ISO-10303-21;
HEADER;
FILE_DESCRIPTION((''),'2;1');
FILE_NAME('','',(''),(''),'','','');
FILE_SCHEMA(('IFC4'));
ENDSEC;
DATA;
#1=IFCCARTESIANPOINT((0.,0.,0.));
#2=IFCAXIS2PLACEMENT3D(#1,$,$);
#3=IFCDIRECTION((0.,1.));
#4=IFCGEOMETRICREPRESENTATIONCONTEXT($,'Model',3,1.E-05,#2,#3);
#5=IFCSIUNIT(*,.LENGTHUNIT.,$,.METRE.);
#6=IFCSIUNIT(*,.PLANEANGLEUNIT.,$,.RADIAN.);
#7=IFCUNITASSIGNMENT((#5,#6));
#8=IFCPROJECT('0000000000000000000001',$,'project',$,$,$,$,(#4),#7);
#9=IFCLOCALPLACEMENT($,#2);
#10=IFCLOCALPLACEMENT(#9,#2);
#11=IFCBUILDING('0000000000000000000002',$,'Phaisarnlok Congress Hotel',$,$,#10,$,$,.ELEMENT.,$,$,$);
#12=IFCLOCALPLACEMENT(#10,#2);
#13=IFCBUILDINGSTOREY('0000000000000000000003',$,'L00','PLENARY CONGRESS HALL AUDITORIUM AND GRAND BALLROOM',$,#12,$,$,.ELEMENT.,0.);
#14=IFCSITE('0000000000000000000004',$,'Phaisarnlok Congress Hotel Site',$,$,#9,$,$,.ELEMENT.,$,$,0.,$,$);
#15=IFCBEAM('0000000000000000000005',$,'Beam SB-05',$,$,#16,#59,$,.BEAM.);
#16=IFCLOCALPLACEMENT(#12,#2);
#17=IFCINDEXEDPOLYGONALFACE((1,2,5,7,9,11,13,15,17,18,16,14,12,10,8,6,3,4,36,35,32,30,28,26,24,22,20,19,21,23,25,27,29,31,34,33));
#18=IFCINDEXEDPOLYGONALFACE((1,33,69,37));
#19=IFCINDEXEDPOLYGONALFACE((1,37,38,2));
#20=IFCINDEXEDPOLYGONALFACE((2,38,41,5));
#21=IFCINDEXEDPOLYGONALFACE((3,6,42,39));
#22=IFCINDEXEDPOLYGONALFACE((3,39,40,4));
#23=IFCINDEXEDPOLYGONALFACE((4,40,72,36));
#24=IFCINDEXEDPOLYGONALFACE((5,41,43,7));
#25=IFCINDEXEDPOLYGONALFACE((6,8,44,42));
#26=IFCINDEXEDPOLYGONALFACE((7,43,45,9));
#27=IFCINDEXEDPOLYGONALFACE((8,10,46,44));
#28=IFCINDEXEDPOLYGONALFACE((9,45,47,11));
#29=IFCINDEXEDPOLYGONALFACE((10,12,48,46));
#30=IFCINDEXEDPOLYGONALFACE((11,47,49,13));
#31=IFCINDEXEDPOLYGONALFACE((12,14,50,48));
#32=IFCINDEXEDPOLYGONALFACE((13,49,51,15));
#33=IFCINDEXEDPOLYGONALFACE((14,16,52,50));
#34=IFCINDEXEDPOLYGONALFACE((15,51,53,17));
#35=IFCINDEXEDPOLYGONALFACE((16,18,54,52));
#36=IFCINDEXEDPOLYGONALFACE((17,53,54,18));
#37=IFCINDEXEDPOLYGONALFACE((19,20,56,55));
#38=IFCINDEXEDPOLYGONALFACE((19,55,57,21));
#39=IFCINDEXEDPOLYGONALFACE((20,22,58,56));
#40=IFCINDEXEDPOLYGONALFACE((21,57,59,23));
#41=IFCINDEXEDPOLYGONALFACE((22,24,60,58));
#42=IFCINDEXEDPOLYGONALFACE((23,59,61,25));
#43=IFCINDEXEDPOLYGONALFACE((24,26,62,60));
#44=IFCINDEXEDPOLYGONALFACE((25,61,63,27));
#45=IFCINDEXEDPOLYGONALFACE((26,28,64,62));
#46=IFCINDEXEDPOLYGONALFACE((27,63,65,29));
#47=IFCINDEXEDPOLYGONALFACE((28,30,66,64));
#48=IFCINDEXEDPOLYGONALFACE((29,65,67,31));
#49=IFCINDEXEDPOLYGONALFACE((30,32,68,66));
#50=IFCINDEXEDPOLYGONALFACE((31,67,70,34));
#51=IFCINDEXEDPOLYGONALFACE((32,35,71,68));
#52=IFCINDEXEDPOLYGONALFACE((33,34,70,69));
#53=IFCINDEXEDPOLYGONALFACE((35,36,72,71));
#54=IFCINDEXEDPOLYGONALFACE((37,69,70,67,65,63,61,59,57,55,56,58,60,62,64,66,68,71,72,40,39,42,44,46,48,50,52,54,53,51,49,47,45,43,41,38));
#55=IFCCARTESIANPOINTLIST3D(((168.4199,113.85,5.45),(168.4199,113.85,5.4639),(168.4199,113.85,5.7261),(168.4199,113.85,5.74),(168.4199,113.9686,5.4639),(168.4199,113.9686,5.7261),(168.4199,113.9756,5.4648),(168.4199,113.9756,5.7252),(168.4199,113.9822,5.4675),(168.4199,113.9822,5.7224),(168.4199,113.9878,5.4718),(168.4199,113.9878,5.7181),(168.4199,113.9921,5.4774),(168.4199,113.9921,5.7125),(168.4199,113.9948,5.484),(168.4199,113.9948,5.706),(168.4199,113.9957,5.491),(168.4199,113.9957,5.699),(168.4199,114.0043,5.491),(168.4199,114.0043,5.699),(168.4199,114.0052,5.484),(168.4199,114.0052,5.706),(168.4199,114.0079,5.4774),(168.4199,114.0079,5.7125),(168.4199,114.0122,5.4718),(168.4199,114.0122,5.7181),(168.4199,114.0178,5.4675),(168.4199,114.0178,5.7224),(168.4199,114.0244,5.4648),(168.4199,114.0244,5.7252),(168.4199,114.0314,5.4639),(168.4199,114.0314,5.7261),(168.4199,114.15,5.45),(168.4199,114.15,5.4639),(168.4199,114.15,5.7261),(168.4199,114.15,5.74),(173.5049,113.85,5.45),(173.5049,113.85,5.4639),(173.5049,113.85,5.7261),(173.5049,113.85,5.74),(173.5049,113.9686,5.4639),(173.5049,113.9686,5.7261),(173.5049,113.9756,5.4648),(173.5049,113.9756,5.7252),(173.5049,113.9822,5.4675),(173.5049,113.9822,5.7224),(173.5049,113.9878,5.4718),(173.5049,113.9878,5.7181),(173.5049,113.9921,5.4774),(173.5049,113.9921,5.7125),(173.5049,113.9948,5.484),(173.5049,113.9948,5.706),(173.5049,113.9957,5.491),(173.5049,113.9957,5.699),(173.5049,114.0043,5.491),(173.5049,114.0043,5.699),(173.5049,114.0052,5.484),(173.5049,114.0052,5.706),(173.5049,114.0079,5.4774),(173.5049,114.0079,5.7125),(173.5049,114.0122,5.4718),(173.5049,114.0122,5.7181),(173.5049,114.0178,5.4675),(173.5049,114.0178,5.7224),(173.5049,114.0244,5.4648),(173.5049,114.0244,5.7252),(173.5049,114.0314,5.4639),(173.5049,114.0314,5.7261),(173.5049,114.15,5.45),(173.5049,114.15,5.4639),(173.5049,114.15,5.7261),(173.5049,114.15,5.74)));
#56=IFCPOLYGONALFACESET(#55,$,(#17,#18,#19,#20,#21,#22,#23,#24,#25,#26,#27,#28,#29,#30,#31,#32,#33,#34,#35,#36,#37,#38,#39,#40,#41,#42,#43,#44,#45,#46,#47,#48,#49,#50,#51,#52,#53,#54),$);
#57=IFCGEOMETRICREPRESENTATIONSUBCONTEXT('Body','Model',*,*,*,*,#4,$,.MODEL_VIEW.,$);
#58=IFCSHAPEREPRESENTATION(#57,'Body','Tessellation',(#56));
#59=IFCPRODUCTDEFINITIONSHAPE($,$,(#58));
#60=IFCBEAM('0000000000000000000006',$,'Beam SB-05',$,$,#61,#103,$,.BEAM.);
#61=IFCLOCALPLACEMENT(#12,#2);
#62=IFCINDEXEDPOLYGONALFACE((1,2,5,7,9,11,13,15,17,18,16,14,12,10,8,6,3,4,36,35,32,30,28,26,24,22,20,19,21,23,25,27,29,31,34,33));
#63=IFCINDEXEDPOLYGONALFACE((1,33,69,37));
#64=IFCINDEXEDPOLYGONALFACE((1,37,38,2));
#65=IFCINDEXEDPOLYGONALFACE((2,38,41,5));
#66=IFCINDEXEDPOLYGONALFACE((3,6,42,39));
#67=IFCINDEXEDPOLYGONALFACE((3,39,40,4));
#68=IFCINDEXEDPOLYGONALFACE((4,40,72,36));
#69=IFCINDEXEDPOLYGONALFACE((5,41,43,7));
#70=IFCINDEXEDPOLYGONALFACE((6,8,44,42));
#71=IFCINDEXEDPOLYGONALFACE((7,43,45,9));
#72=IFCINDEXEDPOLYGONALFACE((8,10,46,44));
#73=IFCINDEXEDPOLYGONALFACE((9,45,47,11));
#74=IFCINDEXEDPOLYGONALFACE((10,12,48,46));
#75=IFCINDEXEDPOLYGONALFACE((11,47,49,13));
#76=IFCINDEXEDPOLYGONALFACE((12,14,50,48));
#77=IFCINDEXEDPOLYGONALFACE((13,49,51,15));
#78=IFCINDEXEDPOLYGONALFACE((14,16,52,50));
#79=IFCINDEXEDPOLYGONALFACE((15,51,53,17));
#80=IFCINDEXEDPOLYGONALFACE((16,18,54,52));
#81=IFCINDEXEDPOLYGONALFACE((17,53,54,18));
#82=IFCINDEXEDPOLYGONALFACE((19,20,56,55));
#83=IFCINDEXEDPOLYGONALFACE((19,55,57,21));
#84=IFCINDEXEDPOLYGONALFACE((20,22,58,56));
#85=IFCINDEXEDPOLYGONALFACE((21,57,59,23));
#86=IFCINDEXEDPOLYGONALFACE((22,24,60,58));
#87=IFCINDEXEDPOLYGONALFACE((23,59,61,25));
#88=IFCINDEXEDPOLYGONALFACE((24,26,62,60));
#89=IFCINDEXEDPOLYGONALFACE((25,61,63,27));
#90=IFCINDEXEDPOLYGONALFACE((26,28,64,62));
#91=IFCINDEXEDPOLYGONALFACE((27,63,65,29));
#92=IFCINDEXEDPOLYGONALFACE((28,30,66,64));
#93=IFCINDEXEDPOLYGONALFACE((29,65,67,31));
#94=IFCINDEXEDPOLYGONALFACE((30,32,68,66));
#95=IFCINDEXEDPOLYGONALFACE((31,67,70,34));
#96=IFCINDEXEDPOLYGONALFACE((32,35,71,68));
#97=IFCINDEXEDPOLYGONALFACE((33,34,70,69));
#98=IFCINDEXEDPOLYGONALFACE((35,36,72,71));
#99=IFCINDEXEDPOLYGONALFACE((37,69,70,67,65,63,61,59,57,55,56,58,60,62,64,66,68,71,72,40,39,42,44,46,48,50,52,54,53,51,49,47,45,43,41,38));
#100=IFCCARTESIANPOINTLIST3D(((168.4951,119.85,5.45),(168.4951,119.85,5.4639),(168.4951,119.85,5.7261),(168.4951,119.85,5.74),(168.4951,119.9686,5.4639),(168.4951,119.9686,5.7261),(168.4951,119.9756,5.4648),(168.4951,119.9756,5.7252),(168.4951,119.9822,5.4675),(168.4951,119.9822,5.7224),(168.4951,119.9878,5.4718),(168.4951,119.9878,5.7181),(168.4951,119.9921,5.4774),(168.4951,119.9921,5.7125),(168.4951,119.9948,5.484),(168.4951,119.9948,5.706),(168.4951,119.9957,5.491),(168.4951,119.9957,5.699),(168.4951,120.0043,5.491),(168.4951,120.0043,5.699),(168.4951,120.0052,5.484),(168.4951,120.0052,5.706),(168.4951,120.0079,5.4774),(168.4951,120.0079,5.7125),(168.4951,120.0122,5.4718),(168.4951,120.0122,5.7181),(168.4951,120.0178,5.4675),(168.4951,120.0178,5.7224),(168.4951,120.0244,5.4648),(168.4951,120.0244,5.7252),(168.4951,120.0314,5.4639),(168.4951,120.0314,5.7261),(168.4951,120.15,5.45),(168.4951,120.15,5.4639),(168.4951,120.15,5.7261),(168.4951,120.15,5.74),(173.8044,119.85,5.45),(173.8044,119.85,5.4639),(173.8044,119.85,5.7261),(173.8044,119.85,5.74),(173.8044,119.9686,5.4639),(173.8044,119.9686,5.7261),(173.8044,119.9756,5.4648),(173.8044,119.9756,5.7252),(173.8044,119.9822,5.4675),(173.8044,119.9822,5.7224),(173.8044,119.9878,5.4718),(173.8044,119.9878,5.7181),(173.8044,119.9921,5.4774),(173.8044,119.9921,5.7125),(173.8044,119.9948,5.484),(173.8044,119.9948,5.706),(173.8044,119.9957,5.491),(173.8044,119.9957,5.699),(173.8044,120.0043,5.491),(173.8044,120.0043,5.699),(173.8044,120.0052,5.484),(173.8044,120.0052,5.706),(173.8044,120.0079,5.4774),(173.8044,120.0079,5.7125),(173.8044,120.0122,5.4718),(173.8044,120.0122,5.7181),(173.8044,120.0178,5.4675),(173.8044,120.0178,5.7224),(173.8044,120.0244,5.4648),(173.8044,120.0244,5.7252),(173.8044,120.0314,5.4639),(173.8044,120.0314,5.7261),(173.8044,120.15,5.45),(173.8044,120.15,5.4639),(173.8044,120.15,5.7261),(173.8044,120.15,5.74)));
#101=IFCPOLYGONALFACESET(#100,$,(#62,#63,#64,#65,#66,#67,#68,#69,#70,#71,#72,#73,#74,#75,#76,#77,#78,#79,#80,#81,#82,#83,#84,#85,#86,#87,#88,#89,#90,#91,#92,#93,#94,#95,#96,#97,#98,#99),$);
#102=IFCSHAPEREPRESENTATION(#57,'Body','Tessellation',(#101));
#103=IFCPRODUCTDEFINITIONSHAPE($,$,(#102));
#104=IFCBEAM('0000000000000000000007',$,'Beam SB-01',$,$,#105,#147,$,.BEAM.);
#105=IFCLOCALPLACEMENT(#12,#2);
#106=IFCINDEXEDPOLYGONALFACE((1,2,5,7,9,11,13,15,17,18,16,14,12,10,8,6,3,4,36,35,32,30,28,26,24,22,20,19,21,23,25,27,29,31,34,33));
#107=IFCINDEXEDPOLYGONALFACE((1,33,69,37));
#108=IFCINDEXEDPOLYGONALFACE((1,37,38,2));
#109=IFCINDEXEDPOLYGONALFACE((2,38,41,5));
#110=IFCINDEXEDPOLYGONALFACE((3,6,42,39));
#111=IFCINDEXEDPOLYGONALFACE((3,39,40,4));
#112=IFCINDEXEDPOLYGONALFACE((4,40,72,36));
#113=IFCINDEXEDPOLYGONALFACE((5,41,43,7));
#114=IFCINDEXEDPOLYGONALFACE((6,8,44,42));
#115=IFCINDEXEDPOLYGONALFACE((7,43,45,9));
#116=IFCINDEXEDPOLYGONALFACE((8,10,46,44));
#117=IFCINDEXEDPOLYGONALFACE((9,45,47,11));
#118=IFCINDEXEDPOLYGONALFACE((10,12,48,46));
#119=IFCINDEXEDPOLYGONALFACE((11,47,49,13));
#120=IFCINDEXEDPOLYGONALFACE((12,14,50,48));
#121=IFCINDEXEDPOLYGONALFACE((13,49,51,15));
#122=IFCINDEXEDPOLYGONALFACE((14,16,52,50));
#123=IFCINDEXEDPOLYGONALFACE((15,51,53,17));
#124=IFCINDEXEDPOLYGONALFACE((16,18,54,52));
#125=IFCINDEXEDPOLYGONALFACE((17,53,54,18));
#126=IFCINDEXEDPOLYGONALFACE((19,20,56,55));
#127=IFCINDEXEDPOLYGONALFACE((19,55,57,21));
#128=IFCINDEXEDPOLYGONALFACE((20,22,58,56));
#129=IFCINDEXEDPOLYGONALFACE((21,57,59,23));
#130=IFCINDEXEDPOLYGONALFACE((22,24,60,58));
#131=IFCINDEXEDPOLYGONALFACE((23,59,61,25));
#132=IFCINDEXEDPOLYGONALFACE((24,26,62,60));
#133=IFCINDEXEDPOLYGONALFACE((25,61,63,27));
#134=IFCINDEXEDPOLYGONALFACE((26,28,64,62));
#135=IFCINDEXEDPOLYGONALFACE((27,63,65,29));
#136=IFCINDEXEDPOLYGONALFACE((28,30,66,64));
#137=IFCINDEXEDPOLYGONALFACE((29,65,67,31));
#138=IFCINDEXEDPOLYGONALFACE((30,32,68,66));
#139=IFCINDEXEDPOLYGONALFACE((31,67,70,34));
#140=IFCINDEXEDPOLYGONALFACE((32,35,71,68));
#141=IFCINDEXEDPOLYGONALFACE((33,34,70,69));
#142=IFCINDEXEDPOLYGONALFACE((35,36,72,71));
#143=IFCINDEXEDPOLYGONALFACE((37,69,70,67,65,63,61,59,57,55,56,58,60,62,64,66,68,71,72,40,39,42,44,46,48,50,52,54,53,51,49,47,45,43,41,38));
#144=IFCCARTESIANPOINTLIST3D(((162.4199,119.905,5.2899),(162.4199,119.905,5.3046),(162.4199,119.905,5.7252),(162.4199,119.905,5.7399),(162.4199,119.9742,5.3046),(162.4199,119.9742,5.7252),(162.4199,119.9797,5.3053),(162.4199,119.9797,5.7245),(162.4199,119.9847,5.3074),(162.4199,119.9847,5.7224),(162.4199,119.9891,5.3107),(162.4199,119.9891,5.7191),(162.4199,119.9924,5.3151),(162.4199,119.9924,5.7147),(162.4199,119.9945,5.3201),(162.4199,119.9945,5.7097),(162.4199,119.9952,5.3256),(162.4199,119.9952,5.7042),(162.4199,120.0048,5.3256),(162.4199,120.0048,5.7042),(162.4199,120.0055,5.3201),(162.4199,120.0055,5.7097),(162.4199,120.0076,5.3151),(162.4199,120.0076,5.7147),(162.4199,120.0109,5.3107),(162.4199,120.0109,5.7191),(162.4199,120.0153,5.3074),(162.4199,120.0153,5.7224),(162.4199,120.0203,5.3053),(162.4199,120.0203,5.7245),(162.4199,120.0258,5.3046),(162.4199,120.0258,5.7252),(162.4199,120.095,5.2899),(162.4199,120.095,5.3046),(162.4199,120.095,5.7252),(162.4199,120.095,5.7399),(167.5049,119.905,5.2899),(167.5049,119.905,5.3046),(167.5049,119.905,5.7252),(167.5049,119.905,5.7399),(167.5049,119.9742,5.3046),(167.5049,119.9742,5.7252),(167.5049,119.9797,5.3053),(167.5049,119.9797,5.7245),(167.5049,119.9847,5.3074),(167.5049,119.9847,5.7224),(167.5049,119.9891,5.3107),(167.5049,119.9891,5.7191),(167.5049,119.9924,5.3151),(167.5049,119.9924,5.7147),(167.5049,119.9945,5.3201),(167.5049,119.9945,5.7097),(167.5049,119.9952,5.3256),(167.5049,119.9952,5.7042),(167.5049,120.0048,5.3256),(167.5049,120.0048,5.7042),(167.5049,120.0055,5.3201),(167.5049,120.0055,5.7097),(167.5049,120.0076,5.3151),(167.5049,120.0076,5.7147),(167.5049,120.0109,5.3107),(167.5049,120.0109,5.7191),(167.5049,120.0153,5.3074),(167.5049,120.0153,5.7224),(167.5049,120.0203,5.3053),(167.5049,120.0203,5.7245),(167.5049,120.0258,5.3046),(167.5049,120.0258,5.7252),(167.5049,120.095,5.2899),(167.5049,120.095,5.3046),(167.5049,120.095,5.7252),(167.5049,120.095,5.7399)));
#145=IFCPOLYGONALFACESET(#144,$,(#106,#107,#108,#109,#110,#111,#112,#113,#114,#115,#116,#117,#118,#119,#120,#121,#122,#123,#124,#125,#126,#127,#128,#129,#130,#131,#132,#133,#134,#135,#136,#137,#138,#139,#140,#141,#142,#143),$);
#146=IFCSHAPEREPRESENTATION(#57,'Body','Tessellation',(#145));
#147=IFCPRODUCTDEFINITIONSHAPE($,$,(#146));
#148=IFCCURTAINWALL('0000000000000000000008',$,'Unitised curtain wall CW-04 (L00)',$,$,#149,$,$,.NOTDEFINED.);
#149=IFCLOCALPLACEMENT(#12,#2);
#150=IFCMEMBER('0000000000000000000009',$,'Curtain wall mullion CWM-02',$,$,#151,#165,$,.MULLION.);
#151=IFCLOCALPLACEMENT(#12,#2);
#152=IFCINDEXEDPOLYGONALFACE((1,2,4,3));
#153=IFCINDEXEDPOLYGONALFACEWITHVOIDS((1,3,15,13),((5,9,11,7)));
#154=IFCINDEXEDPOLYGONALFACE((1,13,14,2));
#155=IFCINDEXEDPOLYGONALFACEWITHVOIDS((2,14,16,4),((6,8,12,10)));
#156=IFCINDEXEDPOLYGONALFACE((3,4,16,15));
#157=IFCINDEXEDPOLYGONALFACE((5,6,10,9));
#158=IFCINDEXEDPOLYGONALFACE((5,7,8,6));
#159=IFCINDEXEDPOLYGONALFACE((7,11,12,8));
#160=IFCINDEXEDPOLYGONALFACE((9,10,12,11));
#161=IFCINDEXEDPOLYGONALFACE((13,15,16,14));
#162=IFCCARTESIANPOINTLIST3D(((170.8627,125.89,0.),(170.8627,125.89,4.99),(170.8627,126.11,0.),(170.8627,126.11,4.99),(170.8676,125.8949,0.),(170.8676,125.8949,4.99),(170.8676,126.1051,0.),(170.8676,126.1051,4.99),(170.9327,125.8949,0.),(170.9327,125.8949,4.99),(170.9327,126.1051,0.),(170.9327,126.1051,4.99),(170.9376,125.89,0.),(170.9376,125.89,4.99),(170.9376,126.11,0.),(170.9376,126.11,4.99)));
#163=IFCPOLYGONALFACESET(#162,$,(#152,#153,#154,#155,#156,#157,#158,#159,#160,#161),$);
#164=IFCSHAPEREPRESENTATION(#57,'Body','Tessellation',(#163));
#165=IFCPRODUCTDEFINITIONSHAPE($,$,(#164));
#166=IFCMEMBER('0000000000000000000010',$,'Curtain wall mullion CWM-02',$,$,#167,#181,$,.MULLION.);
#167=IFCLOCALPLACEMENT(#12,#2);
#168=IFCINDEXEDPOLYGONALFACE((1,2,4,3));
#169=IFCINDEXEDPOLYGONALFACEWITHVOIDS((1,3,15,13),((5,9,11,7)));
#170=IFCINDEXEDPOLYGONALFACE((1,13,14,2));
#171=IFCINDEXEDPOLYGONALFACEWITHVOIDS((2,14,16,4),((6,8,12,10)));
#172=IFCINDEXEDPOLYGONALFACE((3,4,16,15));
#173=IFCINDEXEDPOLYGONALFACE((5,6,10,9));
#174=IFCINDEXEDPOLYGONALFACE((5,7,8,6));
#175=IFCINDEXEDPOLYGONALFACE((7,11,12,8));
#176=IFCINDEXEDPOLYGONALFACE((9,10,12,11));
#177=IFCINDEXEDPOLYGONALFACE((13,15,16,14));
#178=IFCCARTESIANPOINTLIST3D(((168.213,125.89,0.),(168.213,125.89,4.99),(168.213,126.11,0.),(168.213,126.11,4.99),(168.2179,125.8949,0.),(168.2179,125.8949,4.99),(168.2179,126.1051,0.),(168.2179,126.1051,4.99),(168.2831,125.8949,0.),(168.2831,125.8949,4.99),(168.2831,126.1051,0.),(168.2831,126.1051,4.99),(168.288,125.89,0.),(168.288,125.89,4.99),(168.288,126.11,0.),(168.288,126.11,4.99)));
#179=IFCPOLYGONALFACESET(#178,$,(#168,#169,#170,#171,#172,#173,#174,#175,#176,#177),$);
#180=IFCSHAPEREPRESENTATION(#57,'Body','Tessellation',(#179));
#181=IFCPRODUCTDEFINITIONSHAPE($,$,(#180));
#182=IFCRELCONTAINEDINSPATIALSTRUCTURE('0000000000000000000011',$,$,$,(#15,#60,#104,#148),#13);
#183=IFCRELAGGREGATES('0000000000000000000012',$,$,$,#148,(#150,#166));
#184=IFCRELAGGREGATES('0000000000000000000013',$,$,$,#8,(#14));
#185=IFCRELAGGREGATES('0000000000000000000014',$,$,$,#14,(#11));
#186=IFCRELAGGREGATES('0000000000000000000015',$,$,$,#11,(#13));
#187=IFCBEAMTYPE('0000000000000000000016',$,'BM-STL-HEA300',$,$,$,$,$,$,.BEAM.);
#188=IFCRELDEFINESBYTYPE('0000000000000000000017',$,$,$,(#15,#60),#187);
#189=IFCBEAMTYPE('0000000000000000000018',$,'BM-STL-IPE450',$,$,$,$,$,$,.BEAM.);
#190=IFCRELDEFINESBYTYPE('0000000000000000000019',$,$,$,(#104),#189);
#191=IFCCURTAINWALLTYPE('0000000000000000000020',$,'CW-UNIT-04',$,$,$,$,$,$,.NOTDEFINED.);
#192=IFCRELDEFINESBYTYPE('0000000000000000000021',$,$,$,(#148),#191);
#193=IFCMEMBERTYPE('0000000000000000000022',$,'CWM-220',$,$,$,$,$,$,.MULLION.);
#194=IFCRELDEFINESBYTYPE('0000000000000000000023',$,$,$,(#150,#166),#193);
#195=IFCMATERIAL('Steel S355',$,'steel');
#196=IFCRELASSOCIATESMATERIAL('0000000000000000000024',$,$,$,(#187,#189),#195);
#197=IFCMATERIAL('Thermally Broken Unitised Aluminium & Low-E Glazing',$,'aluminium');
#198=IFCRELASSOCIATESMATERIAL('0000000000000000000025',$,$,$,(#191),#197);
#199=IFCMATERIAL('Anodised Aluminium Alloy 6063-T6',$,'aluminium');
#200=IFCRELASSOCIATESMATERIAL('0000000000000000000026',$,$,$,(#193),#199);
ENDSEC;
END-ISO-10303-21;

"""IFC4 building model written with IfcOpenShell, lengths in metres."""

from ifc_helpers import new_model, si_unit, direction, frame, origin, origin_2d, place, context, subcontext, project, spatial, hollow_rectangle, i_section, extrude, material, material_profile, profile_set, type_object, element, aggregate, save


model = new_model("IFC4")

# Units and contexts
model_context = context("Model", 3, precision=1e-05, world=origin(), true_north=direction((0.0, 1.0)))
body_context = subcontext(model_context, "Body", "Model", "MODEL_VIEW")
ifc_project = project(units=[si_unit("LENGTHUNIT", "METRE"), si_unit("PLANEANGLEUNIT", "RADIAN")], contexts=[model_context])

# Site, building, storey
site_placement = place(None, origin())
site = spatial("IfcSite", under=ifc_project, at=site_placement, Name="Phaisarnlok Congress Hotel Site", CompositionType="ELEMENT", RefElevation=0.0)
building_placement = place(site_placement, origin())
building = spatial("IfcBuilding", under=site, at=building_placement, Name="Phaisarnlok Congress Hotel", CompositionType="ELEMENT")
storey_placement = place(building_placement, origin())
storey = spatial("IfcBuildingStorey", under=building, at=storey_placement, Name="L00", Description="PLENARY CONGRESS HALL AUDITORIUM AND GRAND BALLROOM", CompositionType="ELEMENT", Elevation=0.0)

# Shared definitions
ifc_material_1 = material(Name="Steel S355", Category="steel")

# Beams
ifc_material_profile_1 = material_profile(ifc_material_1, i_section(OverallWidth=0.3, OverallDepth=0.29, WebThickness=0.0085, FlangeThickness=0.0139, FilletRadius=0.0271, at=origin_2d()), Name="HEA 300")
ifc_profile_set_1 = profile_set([ifc_material_profile_1], Name="Steel S355")
beam_type_1 = type_object("IfcBeamType", Name="BM-STL-HEA300", PredefinedType="BEAM", material=ifc_profile_set_1)
beam_1_placement = place(storey_placement, frame((168.4199, 114.0, 5.595), z_axis=(1.0, 0.0, 0.0), x_axis=(0.0, 1.0, 0.0)))
element("IfcBeam", 1, at=beam_1_placement, inside=storey, type_object=beam_type_1, Name="Beam SB-05", PredefinedType="BEAM", context=body_context, shape_type="SweptSolid", body=[
    extrude(i_section(OverallWidth=0.3, OverallDepth=0.29, WebThickness=0.0085, FlangeThickness=0.0139, FilletRadius=0.0271, at=origin_2d()), origin(), (0.0, 0.0, 1.0), 5.085),
])
beam_2_placement = place(storey_placement, frame((168.4951, 120.0, 5.595), z_axis=(1.0, 0.0, 0.0), x_axis=(0.0, 1.0, 0.0)))
element("IfcBeam", 2, at=beam_2_placement, inside=storey, type_object=beam_type_1, Name="Beam SB-05", PredefinedType="BEAM", context=body_context, shape_type="SweptSolid", body=[
    extrude(i_section(OverallWidth=0.3, OverallDepth=0.29, WebThickness=0.0085, FlangeThickness=0.0139, FilletRadius=0.0271, at=origin_2d()), origin(), (0.0, 0.0, 1.0), 5.3093),
])
ifc_material_profile_2 = material_profile(ifc_material_1, i_section(OverallWidth=0.1899, OverallDepth=0.45, WebThickness=0.0095, FlangeThickness=0.0146, FilletRadius=0.021, at=origin_2d()), Name="IPE 450")
ifc_profile_set_2 = profile_set([ifc_material_profile_2], Name="Steel S355")
beam_type_2 = type_object("IfcBeamType", Name="BM-STL-IPE450", PredefinedType="BEAM", material=ifc_profile_set_2)
beam_3_placement = place(storey_placement, frame((162.4199, 120.0, 5.5149), z_axis=(1.0, 0.0, 0.0), x_axis=(0.0, 1.0, 0.0)))
element("IfcBeam", 3, at=beam_3_placement, inside=storey, type_object=beam_type_2, Name="Beam SB-01", PredefinedType="BEAM", context=body_context, shape_type="SweptSolid", body=[
    extrude(i_section(OverallWidth=0.1899, OverallDepth=0.45, WebThickness=0.0095, FlangeThickness=0.0146, FilletRadius=0.021, at=origin_2d()), origin(), (0.0, 0.0, 1.0), 5.085),
])

# Curtain wall, members
ifc_material_2 = material(Name="Thermally Broken Unitised Aluminium & Low-E Glazing", Category="aluminium")
curtain_wall_type = type_object("IfcCurtainWallType", Name="CW-UNIT-04", PredefinedType="NOTDEFINED", material=ifc_material_2)
curtain_wall_placement = place(storey_placement, origin())
curtain_wall = element("IfcCurtainWall", 4, at=curtain_wall_placement, inside=storey, type_object=curtain_wall_type, Name="Unitised curtain wall CW-04 (L00)", PredefinedType="NOTDEFINED")
ifc_material_3 = material(Name="Anodised Aluminium Alloy 6063-T6", Category="aluminium")
ifc_material_profile_3 = material_profile(ifc_material_3, hollow_rectangle(XDim=0.075, YDim=0.22, WallThickness=0.0049, at=origin_2d()), Name="ALU-M 75x220x5")
ifc_profile_set_3 = profile_set([ifc_material_profile_3], Name="Anodised Aluminium Alloy 6063-T6")
member_type_1 = type_object("IfcMemberType", Name="CWM-220", PredefinedType="MULLION", material=ifc_profile_set_3)
member_1_placement = place(storey_placement, frame((170.9001, 126.0, 0.0), z_axis=(0.0, 0.0, 1.0), x_axis=(-1.0, 0.0, 0.0)))
member_1 = element("IfcMember", 5, at=member_1_placement, type_object=member_type_1, Name="Curtain wall mullion CWM-02", PredefinedType="MULLION", context=body_context, shape_type="SweptSolid", body=[
    extrude(hollow_rectangle(XDim=0.075, YDim=0.22, WallThickness=0.0049, at=origin_2d()), origin(), (0.0, 0.0, 1.0), 4.99),
])
member_2_placement = place(storey_placement, frame((168.2505, 126.0, 0.0), z_axis=(0.0, 0.0, 1.0), x_axis=(-1.0, 0.0, 0.0)))
member_2 = element("IfcMember", 6, at=member_2_placement, type_object=member_type_1, Name="Curtain wall mullion CWM-02", PredefinedType="MULLION", context=body_context, shape_type="SweptSolid", body=[
    extrude(hollow_rectangle(XDim=0.075, YDim=0.22, WallThickness=0.0049, at=origin_2d()), origin(), (0.0, 0.0, 1.0), 4.99),
])

aggregate(curtain_wall, [member_1, member_2])

save(model, "model.ifc")
